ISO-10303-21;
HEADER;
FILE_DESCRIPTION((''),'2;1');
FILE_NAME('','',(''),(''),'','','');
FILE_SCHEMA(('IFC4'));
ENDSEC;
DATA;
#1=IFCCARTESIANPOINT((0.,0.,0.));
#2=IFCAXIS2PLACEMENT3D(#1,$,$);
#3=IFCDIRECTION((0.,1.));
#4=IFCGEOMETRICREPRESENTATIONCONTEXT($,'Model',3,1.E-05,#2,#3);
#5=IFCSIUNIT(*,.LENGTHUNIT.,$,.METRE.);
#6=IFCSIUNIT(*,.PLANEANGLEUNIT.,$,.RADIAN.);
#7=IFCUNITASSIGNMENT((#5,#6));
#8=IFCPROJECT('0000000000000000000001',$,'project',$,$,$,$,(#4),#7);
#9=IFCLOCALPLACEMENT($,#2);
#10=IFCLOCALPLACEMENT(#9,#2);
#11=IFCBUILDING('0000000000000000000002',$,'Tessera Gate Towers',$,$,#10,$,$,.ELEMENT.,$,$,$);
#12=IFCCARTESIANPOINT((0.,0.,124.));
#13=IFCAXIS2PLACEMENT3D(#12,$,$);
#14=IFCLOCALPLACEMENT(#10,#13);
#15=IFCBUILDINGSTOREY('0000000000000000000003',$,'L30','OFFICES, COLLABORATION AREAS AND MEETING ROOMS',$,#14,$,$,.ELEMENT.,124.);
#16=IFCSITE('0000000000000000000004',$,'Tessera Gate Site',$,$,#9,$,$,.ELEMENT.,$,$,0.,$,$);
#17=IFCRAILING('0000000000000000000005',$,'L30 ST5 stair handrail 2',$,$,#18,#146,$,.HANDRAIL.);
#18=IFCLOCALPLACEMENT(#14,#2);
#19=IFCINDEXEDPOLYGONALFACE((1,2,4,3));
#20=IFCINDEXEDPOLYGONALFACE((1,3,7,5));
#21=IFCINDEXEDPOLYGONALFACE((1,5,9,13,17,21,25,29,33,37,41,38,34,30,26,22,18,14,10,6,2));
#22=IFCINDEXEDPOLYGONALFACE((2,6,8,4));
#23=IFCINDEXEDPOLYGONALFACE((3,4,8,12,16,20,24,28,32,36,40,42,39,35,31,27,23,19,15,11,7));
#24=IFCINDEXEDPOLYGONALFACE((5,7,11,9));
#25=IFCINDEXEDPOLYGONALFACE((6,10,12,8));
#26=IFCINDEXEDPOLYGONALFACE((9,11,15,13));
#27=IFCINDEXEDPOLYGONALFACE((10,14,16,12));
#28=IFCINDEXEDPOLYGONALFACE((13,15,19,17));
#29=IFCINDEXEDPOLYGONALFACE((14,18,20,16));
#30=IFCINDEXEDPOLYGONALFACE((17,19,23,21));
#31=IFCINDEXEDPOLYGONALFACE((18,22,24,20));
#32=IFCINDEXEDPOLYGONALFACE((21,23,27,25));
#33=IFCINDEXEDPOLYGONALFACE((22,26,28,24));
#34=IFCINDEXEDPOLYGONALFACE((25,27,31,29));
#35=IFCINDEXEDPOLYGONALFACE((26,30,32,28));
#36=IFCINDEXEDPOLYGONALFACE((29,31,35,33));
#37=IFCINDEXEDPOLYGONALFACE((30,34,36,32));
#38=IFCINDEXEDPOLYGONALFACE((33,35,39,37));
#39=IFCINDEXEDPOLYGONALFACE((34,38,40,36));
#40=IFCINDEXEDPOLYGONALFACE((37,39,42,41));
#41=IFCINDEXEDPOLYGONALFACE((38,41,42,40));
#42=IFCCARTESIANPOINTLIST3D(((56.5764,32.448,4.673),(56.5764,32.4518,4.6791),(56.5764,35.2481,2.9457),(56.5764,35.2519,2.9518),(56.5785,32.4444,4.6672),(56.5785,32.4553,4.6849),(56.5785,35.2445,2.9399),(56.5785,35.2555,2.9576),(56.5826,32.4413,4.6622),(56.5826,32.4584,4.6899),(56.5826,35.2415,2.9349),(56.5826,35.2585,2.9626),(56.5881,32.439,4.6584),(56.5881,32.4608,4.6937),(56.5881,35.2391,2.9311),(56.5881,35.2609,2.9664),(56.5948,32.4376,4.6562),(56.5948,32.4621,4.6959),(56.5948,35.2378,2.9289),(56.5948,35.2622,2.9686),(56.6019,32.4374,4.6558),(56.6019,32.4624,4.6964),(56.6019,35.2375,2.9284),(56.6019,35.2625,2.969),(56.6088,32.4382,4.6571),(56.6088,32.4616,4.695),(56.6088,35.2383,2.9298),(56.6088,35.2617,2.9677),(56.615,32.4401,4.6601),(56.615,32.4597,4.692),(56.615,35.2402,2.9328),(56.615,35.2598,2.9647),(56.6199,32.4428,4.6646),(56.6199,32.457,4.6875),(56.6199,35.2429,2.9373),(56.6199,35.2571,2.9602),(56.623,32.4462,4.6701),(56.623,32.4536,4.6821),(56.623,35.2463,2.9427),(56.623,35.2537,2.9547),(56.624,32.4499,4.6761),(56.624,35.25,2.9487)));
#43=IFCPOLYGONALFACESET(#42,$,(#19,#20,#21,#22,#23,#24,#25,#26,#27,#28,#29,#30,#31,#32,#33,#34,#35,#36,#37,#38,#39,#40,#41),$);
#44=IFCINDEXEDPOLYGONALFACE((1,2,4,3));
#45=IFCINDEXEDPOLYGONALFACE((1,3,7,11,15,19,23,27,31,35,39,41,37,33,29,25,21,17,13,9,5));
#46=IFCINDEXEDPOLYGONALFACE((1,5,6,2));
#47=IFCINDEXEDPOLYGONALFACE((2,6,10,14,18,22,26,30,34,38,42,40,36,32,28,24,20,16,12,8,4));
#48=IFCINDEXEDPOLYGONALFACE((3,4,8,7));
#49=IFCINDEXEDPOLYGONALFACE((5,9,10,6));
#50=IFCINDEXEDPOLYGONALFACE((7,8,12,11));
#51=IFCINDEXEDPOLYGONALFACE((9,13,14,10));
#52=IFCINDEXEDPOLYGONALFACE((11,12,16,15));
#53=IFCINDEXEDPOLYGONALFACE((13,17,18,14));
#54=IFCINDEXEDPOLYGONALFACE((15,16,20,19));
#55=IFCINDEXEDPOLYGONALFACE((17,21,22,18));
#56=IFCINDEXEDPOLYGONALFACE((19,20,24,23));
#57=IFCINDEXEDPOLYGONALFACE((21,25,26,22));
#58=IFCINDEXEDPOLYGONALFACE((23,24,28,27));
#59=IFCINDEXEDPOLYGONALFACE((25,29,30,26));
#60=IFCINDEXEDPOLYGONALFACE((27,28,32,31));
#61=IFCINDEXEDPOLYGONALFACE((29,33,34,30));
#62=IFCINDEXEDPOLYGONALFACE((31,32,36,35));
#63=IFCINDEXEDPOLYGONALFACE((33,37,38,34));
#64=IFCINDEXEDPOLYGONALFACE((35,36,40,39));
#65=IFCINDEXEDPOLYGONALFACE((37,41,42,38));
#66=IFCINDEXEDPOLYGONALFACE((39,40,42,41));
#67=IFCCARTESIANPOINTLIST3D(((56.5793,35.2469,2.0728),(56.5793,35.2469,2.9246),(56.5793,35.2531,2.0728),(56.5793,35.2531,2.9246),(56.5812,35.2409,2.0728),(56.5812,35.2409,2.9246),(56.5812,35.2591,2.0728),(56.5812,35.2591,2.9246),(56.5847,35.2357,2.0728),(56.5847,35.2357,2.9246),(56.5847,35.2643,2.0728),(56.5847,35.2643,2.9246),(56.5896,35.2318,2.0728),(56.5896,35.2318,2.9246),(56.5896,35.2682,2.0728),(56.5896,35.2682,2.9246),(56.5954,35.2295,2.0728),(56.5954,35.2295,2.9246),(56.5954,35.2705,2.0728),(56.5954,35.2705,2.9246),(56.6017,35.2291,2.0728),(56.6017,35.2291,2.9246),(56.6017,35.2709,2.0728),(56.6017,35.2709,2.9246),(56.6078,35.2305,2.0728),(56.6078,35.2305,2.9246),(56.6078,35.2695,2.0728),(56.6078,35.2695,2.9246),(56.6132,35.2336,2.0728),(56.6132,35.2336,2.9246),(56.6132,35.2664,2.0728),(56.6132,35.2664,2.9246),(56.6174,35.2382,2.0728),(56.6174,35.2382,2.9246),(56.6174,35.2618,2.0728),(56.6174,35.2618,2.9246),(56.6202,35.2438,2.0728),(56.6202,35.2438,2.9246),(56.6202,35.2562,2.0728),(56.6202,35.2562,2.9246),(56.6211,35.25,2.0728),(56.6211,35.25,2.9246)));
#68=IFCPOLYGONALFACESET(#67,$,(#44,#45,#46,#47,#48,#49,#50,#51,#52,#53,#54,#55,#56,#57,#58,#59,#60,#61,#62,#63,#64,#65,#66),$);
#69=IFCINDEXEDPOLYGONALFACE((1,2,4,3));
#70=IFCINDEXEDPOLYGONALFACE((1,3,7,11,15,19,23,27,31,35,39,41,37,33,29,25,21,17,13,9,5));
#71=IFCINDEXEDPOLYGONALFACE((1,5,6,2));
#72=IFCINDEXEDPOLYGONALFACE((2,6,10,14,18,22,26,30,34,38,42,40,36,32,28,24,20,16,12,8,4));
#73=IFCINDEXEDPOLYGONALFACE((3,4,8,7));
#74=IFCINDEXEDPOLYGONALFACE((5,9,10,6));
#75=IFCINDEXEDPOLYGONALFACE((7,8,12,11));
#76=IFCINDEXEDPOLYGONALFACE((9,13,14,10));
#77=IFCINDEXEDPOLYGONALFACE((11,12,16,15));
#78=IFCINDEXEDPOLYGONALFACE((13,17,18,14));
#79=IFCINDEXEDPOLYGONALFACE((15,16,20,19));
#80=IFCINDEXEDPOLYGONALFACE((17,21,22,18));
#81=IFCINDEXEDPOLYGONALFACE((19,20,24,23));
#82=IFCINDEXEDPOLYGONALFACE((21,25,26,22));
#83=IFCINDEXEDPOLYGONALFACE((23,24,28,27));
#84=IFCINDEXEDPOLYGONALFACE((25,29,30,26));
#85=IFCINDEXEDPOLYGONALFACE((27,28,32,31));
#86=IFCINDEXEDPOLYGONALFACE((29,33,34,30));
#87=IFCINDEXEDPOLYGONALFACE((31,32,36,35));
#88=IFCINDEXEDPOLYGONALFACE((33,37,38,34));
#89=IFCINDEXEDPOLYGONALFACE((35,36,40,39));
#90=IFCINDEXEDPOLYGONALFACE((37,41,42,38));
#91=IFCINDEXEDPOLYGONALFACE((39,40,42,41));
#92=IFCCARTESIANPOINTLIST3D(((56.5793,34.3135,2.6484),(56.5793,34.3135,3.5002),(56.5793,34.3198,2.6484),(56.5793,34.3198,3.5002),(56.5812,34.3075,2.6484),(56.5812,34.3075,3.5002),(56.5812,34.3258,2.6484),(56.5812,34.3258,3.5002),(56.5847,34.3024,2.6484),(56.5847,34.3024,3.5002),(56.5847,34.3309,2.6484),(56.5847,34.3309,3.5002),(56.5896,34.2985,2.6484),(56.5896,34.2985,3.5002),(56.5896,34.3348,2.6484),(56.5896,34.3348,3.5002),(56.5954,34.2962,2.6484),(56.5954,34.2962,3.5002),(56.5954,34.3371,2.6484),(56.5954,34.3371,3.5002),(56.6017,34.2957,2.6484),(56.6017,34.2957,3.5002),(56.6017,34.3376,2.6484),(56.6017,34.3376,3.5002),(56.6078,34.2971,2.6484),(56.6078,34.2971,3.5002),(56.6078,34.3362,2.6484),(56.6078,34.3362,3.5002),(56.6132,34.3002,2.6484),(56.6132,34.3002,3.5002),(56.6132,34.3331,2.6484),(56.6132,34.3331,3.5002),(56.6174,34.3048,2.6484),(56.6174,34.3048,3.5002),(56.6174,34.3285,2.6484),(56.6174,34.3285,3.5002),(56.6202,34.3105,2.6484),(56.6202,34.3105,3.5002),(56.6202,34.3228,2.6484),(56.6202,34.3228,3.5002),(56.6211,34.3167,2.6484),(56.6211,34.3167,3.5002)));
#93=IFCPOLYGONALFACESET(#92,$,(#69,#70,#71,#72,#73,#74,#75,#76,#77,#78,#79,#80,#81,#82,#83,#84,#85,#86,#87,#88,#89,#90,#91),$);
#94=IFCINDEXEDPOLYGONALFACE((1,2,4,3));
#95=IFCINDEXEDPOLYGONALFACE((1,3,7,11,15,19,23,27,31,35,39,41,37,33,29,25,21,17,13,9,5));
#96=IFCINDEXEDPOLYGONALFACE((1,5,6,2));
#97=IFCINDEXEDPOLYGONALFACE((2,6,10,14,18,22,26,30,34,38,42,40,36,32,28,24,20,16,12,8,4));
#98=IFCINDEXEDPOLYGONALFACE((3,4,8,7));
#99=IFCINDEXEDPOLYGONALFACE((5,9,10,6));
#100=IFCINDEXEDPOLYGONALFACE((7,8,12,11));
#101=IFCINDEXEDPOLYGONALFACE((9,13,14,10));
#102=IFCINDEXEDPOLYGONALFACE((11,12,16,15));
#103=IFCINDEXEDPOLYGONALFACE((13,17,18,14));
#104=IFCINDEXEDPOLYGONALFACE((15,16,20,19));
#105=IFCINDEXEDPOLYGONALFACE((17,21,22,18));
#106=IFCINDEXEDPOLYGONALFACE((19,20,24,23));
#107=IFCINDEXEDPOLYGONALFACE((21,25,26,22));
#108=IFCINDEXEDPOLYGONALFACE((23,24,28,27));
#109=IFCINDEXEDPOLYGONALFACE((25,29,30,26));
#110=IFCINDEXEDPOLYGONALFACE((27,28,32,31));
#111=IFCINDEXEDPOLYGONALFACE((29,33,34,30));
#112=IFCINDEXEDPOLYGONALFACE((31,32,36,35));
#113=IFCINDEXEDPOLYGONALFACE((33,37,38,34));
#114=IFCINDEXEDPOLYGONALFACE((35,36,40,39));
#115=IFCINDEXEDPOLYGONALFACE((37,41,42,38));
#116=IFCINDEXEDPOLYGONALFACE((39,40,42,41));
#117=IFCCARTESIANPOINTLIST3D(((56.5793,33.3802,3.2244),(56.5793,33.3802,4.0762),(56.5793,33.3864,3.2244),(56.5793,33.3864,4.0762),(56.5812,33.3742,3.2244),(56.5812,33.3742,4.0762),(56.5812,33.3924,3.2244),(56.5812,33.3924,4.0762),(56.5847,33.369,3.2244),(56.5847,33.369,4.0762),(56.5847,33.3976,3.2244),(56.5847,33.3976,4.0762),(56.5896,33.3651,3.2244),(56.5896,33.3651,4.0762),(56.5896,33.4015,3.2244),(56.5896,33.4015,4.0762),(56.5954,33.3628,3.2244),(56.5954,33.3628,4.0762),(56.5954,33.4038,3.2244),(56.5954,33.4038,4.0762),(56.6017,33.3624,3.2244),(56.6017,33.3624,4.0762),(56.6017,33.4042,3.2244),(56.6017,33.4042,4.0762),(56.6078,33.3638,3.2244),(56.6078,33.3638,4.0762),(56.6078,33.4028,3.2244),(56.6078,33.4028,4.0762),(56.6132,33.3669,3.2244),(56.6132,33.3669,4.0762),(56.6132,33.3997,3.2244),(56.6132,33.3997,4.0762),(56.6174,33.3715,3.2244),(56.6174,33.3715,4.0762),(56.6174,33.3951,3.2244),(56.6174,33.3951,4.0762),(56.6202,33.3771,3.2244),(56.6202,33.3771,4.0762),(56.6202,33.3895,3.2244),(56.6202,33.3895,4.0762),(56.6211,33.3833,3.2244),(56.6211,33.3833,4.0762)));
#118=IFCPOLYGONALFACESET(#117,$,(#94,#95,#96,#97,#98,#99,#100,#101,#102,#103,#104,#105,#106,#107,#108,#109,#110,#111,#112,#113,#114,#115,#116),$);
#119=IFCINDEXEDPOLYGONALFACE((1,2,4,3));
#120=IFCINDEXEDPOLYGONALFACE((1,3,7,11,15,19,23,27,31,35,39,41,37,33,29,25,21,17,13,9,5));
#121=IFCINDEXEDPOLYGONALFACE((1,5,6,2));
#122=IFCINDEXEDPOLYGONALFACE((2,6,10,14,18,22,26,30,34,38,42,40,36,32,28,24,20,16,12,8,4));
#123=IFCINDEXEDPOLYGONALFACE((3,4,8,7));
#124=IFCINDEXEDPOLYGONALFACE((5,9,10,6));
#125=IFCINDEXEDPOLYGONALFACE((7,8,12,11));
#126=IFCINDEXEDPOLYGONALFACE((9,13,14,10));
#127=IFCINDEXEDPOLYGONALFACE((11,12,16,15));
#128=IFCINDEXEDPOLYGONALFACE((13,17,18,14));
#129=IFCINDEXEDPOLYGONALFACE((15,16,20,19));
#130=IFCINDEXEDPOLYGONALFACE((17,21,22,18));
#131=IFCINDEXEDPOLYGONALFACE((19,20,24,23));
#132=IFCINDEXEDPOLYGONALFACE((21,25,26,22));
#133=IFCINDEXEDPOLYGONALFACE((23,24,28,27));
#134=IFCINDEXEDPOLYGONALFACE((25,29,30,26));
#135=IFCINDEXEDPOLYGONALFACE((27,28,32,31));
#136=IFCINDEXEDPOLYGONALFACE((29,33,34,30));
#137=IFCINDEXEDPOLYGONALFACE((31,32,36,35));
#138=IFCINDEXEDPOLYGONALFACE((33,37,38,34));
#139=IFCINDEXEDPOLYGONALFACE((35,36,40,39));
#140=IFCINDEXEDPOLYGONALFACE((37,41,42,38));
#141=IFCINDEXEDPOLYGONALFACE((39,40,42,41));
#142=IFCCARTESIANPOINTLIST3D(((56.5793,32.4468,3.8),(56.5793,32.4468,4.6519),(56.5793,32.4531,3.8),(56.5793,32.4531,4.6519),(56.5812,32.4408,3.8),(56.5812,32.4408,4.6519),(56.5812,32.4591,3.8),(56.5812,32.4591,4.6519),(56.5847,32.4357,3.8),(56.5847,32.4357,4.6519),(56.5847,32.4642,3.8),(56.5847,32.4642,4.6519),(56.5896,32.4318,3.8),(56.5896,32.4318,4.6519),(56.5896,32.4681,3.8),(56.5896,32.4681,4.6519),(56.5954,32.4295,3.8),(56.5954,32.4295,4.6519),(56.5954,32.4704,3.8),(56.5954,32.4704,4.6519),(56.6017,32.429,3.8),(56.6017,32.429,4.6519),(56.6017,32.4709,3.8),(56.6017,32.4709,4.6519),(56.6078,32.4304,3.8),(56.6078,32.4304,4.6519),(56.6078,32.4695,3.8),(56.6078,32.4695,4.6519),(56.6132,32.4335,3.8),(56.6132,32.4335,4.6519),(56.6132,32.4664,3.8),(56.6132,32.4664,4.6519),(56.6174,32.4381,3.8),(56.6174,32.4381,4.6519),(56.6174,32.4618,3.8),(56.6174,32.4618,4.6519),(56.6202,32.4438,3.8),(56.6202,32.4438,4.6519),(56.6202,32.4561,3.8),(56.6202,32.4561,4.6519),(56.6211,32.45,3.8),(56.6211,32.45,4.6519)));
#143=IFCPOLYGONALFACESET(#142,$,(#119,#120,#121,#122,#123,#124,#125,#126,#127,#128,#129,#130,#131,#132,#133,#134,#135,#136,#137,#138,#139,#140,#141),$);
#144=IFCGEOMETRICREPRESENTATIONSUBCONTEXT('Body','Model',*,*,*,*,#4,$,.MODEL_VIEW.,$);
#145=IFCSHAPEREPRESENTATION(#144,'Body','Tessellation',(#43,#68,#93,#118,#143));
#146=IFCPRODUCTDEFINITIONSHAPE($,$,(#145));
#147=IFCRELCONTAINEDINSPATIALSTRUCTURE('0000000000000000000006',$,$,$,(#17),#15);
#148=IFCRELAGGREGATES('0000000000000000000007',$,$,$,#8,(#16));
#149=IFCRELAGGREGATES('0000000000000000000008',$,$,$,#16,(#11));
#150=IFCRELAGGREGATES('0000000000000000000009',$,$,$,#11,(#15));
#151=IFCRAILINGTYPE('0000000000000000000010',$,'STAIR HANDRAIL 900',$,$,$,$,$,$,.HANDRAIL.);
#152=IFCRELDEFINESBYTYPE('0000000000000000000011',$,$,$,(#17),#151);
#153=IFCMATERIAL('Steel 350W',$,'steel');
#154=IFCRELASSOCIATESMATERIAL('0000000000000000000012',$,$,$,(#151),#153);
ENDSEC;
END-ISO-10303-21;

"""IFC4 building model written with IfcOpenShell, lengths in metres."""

from ifc_helpers import new_model, si_unit, direction, frame, origin, origin_2d, place, context, subcontext, project, spatial, circle, extrude, material, type_object, element, save


model = new_model("IFC4")

# Units and contexts
model_context = context("Model", 3, precision=1e-05, world=origin(), true_north=direction((0.0, 1.0)))
body_context = subcontext(model_context, "Body", "Model", "MODEL_VIEW")
ifc_project = project(units=[si_unit("LENGTHUNIT", "METRE"), si_unit("PLANEANGLEUNIT", "RADIAN")], contexts=[model_context])

# Site, building, storey
site_placement = place(None, origin())
site = spatial("IfcSite", under=ifc_project, at=site_placement, Name="Tessera Gate Site", CompositionType="ELEMENT", RefElevation=0.0)
building_placement = place(site_placement, origin())
building = spatial("IfcBuilding", under=site, at=building_placement, Name="Tessera Gate Towers", CompositionType="ELEMENT")
storey_placement = place(building_placement, frame((0.0, 0.0, 124.0)))
storey = spatial("IfcBuildingStorey", under=building, at=storey_placement, Name="L30", Description="OFFICES, COLLABORATION AREAS AND MEETING ROOMS", CompositionType="ELEMENT", Elevation=124.0)

# Railing
ifc_material_1 = material(Name="Steel 350W", Category="steel")
railing_type_1 = type_object("IfcRailingType", Name="STAIR HANDRAIL 900", PredefinedType="HANDRAIL", material=ifc_material_1)
railing_1_placement = place(storey_placement, frame((56.6001, 35.25, 2.0728)))
element("IfcRailing", 1, at=railing_1_placement, inside=storey, type_object=railing_type_1, Name="L30 ST5 stair handrail 2", PredefinedType="HANDRAIL", context=body_context, shape_type="SweptSolid", body=[
    extrude(circle(Radius=0.0239, at=origin_2d()), frame((0.0, 0.0, 0.876), z_axis=(0.0, -0.85109, 0.52502), x_axis=(1.0, 0.0, 0.0)), (0.0, 0.0, 1.0), 3.29),
    extrude(circle(Radius=0.021, at=origin_2d()), origin(), (0.0, 0.0, 1.0), 0.8518),
    extrude(circle(Radius=0.021, at=origin_2d()), frame((0.0, -0.9333, 0.5757)), (0.0, 0.0, 1.0), 0.8518),
    extrude(circle(Radius=0.021, at=origin_2d()), frame((0.0, -1.8667, 1.1516)), (0.0, 0.0, 1.0), 0.8518),
    extrude(circle(Radius=0.021, at=origin_2d()), frame((0.0, -2.8, 1.7273)), (0.0, 0.0, 1.0), 0.8518),
])

save(model, "model.ifc")
